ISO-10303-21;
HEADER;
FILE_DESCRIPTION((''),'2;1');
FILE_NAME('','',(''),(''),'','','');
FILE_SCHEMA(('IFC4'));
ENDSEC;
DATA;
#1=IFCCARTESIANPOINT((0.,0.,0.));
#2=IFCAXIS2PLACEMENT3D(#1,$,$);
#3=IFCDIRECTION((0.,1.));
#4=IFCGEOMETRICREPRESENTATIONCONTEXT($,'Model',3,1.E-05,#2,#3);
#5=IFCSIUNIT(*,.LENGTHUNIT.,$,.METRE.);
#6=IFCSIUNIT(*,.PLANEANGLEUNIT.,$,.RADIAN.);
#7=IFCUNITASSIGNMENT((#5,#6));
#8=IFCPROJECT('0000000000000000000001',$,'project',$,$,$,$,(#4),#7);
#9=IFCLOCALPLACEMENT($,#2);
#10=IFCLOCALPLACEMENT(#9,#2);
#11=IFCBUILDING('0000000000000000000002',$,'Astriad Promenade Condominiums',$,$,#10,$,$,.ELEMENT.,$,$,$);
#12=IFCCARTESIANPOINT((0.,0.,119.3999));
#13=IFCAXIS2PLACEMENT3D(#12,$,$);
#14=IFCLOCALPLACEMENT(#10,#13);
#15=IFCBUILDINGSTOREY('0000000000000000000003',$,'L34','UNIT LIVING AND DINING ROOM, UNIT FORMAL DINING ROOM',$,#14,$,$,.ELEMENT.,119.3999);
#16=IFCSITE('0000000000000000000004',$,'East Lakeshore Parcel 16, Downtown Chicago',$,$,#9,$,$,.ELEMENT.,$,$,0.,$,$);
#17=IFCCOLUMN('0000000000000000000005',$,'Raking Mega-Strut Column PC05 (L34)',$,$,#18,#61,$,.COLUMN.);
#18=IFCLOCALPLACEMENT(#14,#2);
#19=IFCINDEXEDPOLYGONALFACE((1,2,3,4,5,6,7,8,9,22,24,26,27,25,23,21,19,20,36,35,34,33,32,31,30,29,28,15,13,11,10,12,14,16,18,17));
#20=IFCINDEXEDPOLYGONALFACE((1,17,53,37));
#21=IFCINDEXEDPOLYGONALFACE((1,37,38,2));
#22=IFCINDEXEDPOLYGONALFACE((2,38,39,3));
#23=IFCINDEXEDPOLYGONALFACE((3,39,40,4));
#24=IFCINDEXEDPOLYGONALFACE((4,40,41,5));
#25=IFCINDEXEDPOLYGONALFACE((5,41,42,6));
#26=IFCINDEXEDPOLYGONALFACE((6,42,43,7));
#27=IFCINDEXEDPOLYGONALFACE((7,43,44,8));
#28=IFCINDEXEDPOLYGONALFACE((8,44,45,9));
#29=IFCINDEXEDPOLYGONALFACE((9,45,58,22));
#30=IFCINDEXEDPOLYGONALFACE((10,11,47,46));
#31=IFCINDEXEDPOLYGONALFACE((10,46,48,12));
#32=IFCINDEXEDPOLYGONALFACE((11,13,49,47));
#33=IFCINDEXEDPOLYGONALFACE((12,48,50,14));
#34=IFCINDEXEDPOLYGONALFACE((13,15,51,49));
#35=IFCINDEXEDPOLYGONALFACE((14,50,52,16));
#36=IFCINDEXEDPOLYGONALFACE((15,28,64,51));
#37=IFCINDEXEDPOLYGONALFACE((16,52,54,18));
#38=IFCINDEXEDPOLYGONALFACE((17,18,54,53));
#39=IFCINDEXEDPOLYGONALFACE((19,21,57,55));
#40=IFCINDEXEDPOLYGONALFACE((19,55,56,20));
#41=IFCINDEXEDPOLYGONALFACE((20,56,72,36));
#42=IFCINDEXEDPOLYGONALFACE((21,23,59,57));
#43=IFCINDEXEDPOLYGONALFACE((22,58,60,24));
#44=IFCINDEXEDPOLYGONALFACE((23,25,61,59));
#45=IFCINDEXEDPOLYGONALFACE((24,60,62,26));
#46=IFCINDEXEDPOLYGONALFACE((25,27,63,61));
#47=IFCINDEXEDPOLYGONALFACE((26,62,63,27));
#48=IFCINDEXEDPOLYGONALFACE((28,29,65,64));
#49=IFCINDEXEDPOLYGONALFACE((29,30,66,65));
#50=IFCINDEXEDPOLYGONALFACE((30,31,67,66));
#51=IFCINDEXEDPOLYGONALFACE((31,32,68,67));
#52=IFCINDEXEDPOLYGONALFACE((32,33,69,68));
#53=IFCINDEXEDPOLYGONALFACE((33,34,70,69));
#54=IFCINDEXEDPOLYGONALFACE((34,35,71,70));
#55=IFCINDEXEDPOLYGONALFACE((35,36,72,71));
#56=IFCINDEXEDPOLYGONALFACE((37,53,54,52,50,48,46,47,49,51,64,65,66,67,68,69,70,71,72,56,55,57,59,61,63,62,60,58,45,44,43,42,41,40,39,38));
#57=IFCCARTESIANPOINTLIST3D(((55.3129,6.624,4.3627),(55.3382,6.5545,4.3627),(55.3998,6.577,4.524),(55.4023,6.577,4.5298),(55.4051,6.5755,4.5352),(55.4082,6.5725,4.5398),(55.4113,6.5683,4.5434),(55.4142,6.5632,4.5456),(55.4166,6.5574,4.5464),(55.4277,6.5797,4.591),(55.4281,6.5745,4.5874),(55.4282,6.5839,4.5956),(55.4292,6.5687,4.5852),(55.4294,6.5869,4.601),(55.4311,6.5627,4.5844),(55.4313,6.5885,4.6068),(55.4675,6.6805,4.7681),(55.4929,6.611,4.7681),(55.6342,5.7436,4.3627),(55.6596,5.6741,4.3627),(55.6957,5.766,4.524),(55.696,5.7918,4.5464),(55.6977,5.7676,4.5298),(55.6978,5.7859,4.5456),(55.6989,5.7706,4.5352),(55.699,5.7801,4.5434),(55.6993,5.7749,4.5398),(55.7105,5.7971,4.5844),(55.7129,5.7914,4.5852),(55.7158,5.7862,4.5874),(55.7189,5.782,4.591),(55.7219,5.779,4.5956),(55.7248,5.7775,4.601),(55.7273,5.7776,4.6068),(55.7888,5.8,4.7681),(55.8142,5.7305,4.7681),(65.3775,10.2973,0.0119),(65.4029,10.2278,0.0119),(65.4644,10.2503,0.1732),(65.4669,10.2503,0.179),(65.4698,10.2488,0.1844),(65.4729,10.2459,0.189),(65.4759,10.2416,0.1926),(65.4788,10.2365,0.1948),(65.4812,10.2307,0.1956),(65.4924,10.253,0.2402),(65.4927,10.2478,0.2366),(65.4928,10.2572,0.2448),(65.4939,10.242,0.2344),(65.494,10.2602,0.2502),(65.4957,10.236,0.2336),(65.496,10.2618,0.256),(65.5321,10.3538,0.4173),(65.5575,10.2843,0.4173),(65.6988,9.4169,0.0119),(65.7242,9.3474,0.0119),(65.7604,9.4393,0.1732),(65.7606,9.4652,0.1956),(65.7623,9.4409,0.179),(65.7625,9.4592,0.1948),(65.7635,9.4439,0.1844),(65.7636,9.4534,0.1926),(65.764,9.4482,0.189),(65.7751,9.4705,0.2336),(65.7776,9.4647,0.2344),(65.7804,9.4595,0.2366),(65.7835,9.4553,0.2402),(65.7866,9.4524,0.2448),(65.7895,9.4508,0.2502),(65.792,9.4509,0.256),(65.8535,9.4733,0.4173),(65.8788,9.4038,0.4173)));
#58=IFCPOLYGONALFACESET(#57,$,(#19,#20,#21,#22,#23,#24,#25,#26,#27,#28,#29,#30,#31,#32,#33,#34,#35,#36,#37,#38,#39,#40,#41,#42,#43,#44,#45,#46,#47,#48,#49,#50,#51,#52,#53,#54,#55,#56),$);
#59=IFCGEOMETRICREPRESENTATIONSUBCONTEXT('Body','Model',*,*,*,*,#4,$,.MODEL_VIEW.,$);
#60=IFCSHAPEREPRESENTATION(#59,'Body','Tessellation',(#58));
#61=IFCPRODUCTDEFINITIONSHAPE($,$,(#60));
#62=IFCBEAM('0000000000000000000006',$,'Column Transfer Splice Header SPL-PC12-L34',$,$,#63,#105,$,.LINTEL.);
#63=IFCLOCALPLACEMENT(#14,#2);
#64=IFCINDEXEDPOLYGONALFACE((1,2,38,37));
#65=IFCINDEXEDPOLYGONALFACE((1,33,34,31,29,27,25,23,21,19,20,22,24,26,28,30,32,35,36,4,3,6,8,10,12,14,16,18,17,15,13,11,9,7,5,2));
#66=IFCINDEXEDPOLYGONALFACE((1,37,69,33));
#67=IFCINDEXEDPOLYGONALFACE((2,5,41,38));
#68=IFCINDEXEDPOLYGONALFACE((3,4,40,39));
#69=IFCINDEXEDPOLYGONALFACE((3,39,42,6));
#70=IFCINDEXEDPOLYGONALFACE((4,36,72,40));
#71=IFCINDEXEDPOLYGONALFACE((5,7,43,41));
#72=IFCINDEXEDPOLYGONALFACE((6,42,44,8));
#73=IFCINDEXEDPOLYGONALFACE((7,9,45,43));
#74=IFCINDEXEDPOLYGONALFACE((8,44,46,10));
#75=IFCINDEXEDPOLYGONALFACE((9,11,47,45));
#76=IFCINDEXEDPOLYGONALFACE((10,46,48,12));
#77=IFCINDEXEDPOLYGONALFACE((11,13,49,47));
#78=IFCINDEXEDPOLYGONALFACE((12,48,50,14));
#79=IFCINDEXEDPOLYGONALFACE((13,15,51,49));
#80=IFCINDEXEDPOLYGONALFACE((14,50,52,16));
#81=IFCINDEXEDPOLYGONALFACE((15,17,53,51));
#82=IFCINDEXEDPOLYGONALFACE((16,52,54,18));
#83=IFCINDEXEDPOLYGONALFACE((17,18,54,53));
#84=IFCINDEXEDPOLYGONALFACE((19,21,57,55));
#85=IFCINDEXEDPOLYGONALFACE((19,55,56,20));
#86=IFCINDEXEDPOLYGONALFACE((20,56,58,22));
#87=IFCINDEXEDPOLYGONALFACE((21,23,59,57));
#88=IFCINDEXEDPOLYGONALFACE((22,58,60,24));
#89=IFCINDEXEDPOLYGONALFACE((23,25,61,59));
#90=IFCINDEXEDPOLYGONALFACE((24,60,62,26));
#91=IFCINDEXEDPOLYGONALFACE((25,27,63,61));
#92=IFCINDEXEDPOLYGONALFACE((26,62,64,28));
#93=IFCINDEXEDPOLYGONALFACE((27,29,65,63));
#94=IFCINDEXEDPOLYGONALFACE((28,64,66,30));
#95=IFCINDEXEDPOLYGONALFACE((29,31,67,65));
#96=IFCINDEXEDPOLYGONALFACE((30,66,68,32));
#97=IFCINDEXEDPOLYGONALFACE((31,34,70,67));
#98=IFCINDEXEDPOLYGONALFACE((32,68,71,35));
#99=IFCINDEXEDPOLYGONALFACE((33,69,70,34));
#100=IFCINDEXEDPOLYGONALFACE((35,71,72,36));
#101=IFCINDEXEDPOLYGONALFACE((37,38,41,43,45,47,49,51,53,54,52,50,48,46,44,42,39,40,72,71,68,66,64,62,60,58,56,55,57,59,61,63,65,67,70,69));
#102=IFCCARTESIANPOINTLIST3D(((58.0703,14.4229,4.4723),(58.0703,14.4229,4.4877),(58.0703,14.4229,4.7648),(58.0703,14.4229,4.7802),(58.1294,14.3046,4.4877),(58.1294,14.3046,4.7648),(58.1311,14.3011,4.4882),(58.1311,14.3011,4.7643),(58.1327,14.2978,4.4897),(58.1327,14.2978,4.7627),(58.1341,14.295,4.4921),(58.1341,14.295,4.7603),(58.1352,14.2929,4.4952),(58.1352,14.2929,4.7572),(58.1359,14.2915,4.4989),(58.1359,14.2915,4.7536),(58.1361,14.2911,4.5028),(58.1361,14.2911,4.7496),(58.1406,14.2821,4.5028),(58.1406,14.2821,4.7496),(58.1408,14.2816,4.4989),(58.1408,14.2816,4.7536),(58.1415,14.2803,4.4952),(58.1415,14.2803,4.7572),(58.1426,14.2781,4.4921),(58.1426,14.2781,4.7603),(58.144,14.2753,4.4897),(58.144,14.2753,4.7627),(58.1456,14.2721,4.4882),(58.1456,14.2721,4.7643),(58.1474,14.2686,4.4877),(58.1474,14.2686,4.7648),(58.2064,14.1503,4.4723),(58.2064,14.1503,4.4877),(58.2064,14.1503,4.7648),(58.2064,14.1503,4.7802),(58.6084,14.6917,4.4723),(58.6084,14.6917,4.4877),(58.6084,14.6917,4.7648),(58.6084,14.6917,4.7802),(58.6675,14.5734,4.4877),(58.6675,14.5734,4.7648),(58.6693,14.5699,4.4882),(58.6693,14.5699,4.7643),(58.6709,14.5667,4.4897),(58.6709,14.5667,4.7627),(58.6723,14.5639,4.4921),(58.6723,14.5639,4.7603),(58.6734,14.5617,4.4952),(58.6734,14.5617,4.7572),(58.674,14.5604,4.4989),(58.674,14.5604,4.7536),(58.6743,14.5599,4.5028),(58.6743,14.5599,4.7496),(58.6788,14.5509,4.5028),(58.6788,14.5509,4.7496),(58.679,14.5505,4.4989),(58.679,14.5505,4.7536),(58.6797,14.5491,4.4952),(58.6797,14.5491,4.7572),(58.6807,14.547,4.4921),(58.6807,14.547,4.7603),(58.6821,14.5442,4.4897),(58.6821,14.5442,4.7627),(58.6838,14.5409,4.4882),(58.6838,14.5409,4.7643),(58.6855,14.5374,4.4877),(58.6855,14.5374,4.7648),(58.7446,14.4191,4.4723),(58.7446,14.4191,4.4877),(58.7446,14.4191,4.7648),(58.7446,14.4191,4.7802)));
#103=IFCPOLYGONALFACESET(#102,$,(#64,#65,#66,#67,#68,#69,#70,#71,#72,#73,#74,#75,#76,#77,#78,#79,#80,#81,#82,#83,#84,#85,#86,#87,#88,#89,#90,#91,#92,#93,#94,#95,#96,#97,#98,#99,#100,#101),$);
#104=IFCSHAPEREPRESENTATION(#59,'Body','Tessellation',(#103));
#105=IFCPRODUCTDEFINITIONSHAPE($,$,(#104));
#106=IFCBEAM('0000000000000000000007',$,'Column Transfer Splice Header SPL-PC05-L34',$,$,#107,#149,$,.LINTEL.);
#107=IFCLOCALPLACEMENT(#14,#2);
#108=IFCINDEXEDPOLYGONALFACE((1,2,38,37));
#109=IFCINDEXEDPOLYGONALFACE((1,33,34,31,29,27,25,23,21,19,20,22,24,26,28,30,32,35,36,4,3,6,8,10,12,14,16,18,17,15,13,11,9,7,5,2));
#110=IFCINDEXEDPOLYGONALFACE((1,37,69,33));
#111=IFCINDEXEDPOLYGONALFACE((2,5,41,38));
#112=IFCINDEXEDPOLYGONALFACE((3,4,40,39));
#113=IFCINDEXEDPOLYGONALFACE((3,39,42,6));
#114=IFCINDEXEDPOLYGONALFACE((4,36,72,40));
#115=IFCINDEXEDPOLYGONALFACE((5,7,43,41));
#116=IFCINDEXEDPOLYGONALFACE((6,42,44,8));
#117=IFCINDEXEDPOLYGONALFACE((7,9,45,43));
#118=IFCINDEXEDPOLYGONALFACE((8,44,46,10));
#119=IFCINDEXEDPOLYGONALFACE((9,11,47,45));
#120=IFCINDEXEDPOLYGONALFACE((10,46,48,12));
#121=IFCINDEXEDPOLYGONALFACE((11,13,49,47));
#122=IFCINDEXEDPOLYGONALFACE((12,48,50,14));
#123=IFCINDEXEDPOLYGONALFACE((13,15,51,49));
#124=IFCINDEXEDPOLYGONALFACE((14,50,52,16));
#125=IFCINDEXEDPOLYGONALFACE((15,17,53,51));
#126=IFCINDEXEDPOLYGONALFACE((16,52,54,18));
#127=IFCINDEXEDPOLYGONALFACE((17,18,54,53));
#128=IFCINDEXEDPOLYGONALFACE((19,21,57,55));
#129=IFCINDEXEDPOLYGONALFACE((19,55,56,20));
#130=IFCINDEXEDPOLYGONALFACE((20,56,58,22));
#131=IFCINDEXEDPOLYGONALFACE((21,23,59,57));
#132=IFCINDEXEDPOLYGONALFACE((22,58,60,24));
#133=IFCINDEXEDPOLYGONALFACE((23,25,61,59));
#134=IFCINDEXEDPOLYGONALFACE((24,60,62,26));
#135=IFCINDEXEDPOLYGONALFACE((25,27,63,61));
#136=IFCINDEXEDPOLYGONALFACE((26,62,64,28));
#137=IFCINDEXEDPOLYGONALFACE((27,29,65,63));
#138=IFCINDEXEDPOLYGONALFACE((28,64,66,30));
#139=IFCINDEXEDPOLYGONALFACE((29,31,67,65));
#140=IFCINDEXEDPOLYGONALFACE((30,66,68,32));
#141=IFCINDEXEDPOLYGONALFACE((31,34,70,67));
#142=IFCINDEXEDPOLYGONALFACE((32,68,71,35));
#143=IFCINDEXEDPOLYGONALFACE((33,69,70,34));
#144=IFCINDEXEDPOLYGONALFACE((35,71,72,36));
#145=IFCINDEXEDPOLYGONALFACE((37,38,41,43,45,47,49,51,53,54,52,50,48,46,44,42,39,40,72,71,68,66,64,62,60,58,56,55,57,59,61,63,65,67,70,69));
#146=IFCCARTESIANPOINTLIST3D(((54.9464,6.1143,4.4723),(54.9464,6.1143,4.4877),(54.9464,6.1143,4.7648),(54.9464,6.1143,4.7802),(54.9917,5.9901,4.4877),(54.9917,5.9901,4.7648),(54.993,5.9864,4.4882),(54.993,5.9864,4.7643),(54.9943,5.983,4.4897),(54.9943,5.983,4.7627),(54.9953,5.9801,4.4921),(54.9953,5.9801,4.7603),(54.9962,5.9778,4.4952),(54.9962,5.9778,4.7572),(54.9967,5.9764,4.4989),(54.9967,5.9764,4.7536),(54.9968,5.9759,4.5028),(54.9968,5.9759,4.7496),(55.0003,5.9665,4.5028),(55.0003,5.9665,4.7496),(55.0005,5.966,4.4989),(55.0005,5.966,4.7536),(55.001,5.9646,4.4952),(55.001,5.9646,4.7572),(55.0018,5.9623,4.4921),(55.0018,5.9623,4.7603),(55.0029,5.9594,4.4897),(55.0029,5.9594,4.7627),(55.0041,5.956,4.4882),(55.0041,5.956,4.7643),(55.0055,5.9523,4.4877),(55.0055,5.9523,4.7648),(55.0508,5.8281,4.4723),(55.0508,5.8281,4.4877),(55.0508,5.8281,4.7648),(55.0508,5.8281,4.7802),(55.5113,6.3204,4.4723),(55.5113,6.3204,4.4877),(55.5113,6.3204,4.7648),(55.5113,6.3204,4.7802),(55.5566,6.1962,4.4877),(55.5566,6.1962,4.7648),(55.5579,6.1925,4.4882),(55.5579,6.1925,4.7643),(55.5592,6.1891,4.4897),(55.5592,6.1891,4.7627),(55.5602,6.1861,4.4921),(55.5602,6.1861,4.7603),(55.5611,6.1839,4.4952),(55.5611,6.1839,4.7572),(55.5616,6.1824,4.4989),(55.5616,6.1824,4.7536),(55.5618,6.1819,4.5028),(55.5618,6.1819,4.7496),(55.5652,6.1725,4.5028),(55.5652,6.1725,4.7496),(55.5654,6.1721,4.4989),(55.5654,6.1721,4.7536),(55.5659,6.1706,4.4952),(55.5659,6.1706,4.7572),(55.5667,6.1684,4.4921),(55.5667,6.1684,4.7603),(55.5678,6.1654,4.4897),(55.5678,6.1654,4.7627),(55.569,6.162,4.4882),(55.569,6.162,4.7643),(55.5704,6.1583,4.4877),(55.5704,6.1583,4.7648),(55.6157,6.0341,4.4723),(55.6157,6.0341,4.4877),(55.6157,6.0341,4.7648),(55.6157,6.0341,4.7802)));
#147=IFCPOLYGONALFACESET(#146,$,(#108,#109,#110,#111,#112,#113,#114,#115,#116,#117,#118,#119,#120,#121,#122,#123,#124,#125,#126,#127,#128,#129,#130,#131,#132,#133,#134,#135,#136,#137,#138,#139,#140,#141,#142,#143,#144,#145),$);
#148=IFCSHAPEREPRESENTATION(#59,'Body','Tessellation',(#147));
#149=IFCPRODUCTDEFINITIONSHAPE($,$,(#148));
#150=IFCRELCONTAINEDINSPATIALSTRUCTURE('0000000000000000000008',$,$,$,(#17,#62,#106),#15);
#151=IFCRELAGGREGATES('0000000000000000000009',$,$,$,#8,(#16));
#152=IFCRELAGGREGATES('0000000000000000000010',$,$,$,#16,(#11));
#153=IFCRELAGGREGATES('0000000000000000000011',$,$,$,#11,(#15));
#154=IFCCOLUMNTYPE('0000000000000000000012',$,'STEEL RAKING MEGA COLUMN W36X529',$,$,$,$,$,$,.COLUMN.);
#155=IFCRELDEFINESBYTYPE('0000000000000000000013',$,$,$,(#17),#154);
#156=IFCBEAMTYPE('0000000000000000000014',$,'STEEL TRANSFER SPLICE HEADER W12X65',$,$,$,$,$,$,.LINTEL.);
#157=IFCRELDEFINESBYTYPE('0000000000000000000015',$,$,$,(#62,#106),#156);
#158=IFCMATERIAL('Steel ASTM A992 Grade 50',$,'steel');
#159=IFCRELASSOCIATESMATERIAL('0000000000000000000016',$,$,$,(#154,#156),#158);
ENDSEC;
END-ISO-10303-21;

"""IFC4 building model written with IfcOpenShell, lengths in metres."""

from ifc_helpers import new_model, si_unit, direction, frame, origin, origin_2d, place, context, subcontext, project, spatial, i_section, extrude, source, transform, mapped, material, material_profile, profile_set, type_object, type_shapes, element, save


model = new_model("IFC4")

# Units and contexts
model_context = context("Model", 3, precision=1e-05, world=origin(), true_north=direction((0.0, 1.0)))
body_context = subcontext(model_context, "Body", "Model", "MODEL_VIEW")
ifc_project = project(units=[si_unit("LENGTHUNIT", "METRE"), si_unit("PLANEANGLEUNIT", "RADIAN")], contexts=[model_context])

# Site, building, storey
site_placement = place(None, origin())
site = spatial("IfcSite", under=ifc_project, at=site_placement, Name="East Lakeshore Parcel 16, Downtown Chicago", CompositionType="ELEMENT", RefElevation=0.0)
building_placement = place(site_placement, origin())
building = spatial("IfcBuilding", under=site, at=building_placement, Name="Astriad Promenade Condominiums", CompositionType="ELEMENT")
storey_placement = place(building_placement, frame((0.0, 0.0, 119.3999)))
storey = spatial("IfcBuildingStorey", under=building, at=storey_placement, Name="L34", Description="UNIT LIVING AND DINING ROOM, UNIT FORMAL DINING ROOM", CompositionType="ELEMENT", Elevation=119.3999)

# Column
ifc_material_1 = material(Name="Steel ASTM A992 Grade 50", Category="steel")
ifc_material_profile_1 = material_profile(ifc_material_1, i_section(OverallWidth=0.4375, OverallDepth=1.0112, WebThickness=0.041, FlangeThickness=0.074, FilletRadius=0.0242, at=origin_2d()), Name="W36X529")
ifc_profile_set_1 = profile_set([ifc_material_profile_1], Name="Steel ASTM A992 Grade 50")
column_type = type_object("IfcColumnType", Name="STEEL RAKING MEGA COLUMN W36X529", PredefinedType="COLUMN", material=ifc_profile_set_1)
shared_shape_1 = source(origin(), body_context, "Body", "SweptSolid", [
    extrude(i_section(OverallWidth=0.4375, OverallDepth=1.0112, WebThickness=0.041, FlangeThickness=0.074, FilletRadius=0.0242, at=origin_2d()), origin(), (0.0, 0.0, 1.0), 11.5637),
])
type_shapes(column_type, [shared_shape_1])
column_placement = place(storey_placement, frame((65.6282, 9.8506, 0.2146), z_axis=(-0.870363, -0.317659, 0.376246), x_axis=(0.353442, 0.128997, 0.92652)))
element("IfcColumn", 1, at=column_placement, inside=storey, type_object=column_type, Name="Raking Mega-Strut Column PC05 (L34)", PredefinedType="COLUMN", context=body_context, shape_type="MappedRepresentation", body=[
    mapped(shared_shape_1, transform((0.0, 0.0, 0.0), scale=1.0)),
])

# Beams
ifc_material_profile_2 = material_profile(ifc_material_1, i_section(OverallWidth=0.3047, OverallDepth=0.3079, WebThickness=0.01, FlangeThickness=0.0154, FilletRadius=0.0151, at=origin_2d()), Name="W12X65")
ifc_profile_set_2 = profile_set([ifc_material_profile_2], Name="Steel ASTM A992 Grade 50")
beam_type_1 = type_object("IfcBeamType", Name="STEEL TRANSFER SPLICE HEADER W12X65", PredefinedType="LINTEL", material=ifc_profile_set_2)
shared_shape_2 = source(origin(), body_context, "Body", "SweptSolid", [
    extrude(i_section(OverallWidth=0.3047, OverallDepth=0.3079, WebThickness=0.01, FlangeThickness=0.0154, FilletRadius=0.0151, at=origin_2d()), origin(), (0.0, 0.0, 1.0), 0.6016),
])
beam_1_placement = place(storey_placement, frame((58.6765, 14.5554, 4.6262), z_axis=(-0.894589, -0.446889, 0.0), x_axis=(0.446889, -0.894589, 0.0)))
element("IfcBeam", 2, at=beam_1_placement, inside=storey, type_object=beam_type_1, Name="Column Transfer Splice Header SPL-PC12-L34", PredefinedType="LINTEL", context=body_context, shape_type="MappedRepresentation", body=[
    mapped(shared_shape_2, transform((0.0, 0.0, 0.0), scale=1.0)),
])
shared_shape_3 = source(origin(), body_context, "Body", "SweptSolid", [
    extrude(i_section(OverallWidth=0.3047, OverallDepth=0.3079, WebThickness=0.01, FlangeThickness=0.0154, FilletRadius=0.0151, at=origin_2d()), origin(), (0.0, 0.0, 1.0), 0.6013),
])
type_shapes(beam_type_1, [shared_shape_2, shared_shape_3])
beam_2_placement = place(storey_placement, frame((55.5635, 6.1772, 4.6262), z_axis=(-0.939461, -0.342656, 0.0), x_axis=(0.342656, -0.939461, 0.0)))
element("IfcBeam", 3, at=beam_2_placement, inside=storey, type_object=beam_type_1, Name="Column Transfer Splice Header SPL-PC05-L34", PredefinedType="LINTEL", context=body_context, shape_type="MappedRepresentation", body=[
    mapped(shared_shape_3, transform((0.0, 0.0, 0.0), scale=1.0)),
])

save(model, "model.ifc")
